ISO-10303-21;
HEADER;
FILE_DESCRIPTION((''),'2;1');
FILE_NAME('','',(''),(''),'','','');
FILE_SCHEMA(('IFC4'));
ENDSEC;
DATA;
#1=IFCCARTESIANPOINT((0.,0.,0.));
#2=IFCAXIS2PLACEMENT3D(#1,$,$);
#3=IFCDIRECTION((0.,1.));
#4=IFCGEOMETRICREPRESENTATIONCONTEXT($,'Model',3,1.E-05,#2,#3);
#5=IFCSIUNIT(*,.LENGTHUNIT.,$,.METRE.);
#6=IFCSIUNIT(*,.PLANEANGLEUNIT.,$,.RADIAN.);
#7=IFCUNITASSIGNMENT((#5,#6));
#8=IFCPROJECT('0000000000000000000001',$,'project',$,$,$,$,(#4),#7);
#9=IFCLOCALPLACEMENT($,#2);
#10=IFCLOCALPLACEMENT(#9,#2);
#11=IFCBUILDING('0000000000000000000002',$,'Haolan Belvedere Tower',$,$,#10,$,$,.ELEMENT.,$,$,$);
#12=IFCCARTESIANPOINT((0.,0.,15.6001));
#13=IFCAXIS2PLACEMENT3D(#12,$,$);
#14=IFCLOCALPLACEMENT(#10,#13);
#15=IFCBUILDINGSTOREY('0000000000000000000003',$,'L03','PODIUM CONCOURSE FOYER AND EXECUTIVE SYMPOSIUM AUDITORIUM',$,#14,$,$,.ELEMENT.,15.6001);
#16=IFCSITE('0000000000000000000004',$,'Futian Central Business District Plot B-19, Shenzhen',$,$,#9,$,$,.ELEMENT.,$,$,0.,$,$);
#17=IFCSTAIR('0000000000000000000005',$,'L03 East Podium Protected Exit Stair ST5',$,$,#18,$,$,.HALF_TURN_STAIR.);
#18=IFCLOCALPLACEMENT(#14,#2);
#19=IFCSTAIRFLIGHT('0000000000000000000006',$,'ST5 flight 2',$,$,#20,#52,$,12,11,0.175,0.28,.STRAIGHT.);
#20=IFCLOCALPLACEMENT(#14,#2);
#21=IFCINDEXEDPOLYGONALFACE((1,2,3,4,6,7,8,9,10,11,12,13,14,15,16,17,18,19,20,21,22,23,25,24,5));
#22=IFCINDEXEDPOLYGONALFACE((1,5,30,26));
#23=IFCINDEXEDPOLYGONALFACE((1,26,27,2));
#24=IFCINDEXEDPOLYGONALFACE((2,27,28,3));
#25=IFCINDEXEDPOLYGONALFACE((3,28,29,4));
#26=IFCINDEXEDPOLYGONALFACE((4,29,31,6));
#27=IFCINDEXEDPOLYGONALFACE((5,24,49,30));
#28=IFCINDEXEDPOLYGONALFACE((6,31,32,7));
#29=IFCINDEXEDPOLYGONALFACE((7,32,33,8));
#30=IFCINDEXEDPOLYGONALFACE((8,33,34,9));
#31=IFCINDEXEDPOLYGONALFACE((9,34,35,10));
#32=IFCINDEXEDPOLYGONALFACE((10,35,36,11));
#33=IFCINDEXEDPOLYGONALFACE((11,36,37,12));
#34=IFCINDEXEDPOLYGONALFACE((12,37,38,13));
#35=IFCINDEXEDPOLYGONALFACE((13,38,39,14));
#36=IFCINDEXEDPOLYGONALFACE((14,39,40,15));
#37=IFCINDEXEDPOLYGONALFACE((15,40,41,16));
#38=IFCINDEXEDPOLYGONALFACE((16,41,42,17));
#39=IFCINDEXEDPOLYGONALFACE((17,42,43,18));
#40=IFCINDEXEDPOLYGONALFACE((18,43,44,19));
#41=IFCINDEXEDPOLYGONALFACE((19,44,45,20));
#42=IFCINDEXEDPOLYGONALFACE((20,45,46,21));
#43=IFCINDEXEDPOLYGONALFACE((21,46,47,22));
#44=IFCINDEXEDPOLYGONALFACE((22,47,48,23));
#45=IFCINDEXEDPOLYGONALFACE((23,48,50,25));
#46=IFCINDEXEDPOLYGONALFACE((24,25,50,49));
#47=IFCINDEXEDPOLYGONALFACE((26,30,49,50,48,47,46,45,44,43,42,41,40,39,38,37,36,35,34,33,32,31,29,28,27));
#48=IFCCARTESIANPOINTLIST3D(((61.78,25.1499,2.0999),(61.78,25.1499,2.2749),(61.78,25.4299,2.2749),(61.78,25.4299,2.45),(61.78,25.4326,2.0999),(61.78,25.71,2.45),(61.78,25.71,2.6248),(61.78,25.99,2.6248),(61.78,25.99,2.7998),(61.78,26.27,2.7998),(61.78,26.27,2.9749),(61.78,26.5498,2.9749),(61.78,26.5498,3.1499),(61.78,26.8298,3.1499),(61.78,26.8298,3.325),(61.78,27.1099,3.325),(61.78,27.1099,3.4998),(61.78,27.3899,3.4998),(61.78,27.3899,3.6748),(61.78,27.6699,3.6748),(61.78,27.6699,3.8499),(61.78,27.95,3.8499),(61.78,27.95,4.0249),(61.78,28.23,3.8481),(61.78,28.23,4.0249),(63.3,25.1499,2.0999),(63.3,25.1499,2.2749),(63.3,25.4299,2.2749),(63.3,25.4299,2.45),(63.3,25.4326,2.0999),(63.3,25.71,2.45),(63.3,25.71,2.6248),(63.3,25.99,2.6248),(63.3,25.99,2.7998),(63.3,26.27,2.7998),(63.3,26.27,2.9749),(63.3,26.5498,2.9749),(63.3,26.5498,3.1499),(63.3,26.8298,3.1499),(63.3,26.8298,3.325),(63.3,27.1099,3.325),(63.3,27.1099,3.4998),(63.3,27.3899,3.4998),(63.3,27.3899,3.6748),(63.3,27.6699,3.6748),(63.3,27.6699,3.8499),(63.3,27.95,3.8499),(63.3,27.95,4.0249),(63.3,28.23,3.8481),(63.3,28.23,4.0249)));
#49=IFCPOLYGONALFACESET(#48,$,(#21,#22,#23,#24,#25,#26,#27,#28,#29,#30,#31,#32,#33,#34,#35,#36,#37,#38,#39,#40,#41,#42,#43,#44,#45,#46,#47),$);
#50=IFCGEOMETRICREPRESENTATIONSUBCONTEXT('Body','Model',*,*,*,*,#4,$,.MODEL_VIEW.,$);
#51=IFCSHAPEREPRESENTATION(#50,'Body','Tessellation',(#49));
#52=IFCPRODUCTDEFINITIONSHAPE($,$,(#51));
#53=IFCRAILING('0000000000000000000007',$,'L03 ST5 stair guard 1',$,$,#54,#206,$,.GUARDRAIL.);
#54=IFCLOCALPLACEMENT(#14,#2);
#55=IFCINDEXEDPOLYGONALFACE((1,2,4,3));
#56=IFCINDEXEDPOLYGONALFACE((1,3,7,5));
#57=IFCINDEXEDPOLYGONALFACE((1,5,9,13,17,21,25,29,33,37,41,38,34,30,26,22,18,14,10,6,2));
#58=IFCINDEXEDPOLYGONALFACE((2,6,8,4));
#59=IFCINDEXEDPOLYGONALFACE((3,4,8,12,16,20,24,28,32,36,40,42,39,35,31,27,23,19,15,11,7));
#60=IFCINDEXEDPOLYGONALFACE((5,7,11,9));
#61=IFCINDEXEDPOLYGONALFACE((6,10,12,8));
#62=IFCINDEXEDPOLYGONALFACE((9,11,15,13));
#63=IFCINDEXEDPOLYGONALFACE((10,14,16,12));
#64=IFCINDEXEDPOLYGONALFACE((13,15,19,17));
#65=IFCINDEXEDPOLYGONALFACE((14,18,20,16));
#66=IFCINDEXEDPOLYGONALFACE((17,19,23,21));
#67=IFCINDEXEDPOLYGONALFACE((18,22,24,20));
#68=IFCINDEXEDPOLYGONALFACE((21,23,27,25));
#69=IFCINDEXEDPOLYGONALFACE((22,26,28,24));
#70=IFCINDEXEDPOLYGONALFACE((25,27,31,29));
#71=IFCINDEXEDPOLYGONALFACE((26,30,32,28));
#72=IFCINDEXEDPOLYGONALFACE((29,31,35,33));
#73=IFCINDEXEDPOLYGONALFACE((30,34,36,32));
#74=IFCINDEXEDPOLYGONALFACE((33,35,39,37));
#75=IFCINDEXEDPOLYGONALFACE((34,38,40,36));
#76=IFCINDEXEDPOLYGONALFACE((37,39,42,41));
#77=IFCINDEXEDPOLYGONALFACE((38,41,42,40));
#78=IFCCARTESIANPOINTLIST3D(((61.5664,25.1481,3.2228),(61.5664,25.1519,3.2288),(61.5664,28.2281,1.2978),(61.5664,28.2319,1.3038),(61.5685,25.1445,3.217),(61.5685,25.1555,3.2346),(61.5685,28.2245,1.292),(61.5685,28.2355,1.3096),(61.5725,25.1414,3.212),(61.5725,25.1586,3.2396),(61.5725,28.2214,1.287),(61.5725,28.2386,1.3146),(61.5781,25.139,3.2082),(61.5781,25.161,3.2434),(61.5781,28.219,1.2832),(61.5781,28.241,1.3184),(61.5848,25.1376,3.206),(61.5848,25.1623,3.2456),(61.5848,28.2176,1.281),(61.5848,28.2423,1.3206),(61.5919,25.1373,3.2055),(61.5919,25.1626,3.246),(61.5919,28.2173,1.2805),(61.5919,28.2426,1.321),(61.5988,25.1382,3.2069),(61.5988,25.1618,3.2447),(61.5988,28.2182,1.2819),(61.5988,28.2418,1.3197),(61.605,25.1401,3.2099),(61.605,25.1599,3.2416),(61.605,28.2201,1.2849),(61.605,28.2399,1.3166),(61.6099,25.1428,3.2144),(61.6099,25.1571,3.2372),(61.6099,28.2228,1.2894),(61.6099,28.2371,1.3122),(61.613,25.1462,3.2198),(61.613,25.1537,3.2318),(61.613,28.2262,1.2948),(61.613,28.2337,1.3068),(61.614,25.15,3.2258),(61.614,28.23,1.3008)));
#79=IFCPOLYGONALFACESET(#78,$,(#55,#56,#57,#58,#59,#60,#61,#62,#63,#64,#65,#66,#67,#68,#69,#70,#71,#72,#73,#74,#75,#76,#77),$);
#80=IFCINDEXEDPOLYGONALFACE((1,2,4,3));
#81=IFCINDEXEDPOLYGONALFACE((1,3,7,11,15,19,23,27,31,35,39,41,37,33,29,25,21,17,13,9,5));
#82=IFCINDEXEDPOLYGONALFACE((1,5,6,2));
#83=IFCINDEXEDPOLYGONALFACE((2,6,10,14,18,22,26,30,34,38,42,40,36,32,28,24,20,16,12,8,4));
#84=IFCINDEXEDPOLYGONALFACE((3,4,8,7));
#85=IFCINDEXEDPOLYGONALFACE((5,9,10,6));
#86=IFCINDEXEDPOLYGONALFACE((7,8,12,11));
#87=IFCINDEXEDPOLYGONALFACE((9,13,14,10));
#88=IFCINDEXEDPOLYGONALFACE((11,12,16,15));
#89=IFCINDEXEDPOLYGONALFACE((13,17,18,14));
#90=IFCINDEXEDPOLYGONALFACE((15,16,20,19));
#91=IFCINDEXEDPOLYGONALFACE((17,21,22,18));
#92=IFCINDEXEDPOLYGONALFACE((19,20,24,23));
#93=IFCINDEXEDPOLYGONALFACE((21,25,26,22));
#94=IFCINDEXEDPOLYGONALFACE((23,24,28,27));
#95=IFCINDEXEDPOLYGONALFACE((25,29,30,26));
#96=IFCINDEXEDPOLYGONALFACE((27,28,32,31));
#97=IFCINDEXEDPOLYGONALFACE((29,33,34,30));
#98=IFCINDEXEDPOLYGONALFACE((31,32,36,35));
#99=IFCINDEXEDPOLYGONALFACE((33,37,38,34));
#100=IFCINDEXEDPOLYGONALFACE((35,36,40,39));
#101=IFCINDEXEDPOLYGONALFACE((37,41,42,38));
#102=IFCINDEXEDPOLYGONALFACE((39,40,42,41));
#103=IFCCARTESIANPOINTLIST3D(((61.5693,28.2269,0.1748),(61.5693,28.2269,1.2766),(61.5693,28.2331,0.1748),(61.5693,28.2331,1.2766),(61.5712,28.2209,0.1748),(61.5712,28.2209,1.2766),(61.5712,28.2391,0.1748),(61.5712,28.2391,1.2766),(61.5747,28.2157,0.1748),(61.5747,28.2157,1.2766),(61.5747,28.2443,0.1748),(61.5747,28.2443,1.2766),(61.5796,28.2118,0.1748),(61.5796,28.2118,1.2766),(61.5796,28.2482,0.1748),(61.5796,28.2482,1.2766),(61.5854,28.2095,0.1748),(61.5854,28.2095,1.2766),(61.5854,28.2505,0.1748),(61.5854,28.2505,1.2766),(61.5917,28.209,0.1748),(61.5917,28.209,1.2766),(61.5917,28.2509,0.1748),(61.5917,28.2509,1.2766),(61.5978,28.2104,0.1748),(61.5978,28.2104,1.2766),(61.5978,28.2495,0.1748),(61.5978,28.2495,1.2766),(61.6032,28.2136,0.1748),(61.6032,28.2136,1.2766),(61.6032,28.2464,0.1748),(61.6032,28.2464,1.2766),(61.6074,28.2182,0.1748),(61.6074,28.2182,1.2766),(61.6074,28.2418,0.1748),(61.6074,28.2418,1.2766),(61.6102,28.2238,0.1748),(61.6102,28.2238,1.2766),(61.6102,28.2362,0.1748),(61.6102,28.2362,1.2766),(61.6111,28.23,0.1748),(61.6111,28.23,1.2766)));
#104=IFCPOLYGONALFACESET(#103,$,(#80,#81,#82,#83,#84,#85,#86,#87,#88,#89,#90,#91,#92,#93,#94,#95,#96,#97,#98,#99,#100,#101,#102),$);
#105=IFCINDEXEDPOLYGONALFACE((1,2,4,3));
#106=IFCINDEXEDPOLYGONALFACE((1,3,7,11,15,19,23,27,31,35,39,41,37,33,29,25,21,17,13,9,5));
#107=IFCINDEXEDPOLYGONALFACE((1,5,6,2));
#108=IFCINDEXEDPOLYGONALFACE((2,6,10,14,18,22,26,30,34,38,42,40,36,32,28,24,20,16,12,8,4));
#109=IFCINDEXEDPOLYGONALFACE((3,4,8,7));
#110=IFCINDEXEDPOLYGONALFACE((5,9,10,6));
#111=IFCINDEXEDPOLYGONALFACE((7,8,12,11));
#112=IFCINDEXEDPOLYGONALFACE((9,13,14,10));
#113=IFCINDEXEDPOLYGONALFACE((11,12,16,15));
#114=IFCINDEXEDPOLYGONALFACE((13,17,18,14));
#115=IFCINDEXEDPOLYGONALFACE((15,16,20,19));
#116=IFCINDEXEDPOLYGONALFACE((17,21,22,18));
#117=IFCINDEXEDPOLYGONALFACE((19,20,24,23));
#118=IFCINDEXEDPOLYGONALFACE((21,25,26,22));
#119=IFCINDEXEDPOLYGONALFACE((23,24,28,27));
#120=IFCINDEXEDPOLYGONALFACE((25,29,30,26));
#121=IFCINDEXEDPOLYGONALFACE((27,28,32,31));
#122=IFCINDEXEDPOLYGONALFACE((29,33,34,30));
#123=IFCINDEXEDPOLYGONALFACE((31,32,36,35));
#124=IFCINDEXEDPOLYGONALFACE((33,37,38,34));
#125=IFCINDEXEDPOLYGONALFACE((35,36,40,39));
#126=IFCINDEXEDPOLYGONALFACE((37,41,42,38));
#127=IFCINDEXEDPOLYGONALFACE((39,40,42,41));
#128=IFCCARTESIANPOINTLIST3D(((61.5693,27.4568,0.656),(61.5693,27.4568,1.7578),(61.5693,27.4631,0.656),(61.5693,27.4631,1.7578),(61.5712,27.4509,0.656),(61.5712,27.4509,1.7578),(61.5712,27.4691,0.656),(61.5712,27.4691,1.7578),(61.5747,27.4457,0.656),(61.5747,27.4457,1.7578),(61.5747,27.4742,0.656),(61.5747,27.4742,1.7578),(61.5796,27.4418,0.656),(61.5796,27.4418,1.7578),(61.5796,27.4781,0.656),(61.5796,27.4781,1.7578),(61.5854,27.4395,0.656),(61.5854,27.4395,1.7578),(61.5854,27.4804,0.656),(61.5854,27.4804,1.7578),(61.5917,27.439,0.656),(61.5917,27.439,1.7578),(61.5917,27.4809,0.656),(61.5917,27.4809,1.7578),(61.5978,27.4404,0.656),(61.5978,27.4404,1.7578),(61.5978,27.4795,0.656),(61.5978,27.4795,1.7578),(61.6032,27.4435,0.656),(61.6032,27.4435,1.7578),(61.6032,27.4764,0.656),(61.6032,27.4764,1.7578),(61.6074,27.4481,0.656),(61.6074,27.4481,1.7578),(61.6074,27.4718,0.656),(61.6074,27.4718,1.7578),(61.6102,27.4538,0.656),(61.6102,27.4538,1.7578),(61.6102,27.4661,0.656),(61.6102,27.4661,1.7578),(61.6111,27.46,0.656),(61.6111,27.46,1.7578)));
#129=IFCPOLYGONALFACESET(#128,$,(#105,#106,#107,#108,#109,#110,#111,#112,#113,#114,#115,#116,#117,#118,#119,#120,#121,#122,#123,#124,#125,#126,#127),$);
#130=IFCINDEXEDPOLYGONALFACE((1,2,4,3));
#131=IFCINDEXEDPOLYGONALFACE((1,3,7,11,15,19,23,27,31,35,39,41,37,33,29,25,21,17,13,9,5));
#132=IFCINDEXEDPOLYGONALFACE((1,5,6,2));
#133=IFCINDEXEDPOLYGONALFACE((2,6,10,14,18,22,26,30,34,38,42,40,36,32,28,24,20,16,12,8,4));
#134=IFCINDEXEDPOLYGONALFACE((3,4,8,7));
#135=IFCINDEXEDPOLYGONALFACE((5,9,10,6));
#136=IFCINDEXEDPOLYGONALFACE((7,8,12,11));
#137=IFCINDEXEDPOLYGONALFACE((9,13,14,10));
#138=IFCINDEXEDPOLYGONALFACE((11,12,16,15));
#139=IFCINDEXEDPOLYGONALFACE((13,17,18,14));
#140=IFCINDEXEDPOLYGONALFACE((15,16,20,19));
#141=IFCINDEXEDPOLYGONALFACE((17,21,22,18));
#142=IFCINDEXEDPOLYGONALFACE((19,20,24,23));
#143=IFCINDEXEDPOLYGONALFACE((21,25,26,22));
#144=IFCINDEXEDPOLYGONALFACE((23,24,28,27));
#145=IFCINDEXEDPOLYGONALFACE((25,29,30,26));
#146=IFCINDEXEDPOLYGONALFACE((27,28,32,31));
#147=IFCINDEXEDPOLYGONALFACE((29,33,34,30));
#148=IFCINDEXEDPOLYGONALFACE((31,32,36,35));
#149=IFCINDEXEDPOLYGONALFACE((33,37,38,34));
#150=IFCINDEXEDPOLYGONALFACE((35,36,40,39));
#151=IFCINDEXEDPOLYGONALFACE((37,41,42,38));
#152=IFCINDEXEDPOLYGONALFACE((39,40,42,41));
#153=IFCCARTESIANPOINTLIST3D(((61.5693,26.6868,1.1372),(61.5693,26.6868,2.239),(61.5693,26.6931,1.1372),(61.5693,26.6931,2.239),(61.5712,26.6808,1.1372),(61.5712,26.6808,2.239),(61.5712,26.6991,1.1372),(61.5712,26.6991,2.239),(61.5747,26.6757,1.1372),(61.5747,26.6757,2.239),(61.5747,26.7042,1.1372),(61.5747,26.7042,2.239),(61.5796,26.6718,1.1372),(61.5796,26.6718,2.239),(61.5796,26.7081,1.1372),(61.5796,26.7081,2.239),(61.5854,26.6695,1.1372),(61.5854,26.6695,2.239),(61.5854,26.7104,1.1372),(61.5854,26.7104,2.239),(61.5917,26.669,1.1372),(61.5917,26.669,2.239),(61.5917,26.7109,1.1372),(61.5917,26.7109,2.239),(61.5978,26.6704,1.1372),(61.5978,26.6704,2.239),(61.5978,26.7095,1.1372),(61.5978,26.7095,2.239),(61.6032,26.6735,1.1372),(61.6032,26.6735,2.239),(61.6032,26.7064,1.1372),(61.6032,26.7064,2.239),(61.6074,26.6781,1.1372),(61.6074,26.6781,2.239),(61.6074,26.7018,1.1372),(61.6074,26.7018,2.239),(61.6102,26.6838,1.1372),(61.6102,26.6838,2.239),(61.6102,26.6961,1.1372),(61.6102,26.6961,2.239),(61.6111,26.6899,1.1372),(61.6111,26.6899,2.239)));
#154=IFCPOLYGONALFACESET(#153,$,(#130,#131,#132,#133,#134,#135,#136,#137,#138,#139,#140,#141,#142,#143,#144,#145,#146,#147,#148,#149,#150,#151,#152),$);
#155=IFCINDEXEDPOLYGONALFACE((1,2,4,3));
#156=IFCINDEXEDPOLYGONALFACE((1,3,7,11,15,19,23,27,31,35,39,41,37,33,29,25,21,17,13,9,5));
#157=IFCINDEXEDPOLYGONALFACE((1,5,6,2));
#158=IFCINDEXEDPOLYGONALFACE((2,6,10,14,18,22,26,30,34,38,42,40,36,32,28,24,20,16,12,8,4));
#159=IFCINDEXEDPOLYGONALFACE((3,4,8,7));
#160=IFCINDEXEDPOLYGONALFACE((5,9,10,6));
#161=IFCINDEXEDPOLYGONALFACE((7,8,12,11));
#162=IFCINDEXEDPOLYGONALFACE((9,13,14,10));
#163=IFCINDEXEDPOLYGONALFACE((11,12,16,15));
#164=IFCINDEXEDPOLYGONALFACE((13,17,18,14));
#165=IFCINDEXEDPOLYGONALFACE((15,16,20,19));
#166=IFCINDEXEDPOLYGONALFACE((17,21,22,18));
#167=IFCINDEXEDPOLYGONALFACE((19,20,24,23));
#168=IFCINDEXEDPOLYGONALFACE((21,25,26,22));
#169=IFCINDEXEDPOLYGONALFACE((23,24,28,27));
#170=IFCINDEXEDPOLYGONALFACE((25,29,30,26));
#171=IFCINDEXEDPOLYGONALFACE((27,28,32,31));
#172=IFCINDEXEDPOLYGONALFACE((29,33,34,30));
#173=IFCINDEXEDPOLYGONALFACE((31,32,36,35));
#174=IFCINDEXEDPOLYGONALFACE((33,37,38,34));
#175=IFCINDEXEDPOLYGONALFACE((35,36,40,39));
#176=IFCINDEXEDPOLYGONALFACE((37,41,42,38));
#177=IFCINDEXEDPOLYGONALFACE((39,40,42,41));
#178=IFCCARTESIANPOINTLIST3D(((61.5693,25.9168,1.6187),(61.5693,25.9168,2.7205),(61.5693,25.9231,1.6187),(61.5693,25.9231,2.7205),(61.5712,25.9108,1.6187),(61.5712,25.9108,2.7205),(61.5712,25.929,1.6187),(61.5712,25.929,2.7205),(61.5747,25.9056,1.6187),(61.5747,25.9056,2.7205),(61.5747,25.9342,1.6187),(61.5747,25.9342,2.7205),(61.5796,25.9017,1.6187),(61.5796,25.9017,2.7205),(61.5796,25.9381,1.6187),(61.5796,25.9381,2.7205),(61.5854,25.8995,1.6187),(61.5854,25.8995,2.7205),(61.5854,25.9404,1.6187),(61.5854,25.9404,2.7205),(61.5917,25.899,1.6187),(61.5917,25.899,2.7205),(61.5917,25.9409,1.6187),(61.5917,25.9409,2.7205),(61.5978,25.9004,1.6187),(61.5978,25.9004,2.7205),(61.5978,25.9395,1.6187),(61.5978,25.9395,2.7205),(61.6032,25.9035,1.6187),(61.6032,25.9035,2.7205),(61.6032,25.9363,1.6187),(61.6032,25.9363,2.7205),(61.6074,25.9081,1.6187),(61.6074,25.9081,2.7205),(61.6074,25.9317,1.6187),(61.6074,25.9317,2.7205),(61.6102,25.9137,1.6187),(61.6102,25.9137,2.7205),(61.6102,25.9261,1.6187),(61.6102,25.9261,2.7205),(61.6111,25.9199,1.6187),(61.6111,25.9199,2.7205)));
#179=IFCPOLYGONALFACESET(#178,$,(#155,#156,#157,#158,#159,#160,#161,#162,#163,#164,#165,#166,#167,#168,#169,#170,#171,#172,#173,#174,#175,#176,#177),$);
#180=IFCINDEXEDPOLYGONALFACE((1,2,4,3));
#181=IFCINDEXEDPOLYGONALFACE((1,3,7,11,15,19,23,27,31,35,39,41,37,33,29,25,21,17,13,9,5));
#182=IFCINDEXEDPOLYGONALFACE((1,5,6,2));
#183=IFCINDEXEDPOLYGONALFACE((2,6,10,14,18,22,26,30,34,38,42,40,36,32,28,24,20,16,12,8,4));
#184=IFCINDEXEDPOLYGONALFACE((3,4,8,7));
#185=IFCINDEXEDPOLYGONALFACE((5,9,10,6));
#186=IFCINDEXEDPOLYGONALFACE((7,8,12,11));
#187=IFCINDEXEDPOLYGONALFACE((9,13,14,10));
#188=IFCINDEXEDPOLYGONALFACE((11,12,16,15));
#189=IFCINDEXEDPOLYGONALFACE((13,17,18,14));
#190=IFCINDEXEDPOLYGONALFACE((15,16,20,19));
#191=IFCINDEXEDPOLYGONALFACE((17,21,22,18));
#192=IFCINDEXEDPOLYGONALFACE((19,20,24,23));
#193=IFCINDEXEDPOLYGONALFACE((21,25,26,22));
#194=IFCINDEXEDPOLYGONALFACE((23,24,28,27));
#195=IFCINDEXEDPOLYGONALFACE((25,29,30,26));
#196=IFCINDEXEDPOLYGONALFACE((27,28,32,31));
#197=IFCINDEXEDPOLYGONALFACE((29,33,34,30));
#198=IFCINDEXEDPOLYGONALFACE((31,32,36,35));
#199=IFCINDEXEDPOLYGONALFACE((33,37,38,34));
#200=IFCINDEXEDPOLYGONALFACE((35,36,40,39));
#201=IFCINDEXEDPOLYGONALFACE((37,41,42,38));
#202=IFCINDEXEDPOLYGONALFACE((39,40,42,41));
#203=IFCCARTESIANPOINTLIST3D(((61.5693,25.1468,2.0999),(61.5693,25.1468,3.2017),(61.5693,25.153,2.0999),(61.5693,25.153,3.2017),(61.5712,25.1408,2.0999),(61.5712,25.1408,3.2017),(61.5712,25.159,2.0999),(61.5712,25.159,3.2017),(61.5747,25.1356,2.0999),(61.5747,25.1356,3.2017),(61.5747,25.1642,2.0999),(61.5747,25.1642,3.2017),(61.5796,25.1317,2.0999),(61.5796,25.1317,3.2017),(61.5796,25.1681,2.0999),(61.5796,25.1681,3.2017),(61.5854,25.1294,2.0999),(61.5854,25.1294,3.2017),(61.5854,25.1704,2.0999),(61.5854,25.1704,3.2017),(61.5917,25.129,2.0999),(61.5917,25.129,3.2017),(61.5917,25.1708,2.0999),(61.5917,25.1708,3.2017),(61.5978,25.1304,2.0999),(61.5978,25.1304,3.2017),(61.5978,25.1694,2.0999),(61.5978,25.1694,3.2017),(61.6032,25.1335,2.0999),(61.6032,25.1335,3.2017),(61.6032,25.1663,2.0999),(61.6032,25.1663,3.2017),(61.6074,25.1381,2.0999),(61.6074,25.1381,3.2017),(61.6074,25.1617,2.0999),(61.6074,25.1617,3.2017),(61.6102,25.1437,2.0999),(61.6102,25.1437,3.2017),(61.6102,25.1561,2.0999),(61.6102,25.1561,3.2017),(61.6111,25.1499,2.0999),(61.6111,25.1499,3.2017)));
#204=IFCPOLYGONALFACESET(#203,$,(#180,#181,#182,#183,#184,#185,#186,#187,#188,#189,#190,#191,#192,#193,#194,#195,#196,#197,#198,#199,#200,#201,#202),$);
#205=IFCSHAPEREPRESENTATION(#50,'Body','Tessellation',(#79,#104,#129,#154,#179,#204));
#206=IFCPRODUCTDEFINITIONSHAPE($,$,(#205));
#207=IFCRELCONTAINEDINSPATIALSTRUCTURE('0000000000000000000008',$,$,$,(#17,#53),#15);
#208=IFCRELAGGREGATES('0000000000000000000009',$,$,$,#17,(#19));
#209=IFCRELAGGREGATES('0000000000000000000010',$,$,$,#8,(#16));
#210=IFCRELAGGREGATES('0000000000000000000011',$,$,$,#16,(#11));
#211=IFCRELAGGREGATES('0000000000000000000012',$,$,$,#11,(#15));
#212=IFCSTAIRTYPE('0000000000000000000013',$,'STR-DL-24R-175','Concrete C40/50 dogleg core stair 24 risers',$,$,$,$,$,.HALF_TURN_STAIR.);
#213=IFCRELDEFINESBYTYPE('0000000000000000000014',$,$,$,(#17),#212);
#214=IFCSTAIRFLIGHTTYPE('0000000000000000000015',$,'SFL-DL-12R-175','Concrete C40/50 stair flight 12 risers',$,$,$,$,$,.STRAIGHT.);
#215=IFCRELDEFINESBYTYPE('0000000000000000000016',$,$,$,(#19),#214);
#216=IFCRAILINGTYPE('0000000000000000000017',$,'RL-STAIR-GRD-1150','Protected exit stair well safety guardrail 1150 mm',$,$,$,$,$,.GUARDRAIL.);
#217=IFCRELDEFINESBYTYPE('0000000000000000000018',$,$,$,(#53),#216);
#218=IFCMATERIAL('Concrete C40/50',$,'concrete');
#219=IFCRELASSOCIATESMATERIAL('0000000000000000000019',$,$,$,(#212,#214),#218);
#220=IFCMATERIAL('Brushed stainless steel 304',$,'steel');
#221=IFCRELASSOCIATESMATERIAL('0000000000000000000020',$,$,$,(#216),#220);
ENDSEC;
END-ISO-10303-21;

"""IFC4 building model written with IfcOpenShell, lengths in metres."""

from ifc_helpers import new_model, si_unit, direction, frame, origin, origin_2d, place, context, subcontext, project, spatial, polyline, circle, outline, extrude, material, type_object, element, aggregate, save


model = new_model("IFC4")

# Units and contexts
model_context = context("Model", 3, precision=1e-05, world=origin(), true_north=direction((0.0, 1.0)))
body_context = subcontext(model_context, "Body", "Model", "MODEL_VIEW")
ifc_project = project(units=[si_unit("LENGTHUNIT", "METRE"), si_unit("PLANEANGLEUNIT", "RADIAN")], contexts=[model_context])

# Site, building, storey
site_placement = place(None, origin())
site = spatial("IfcSite", under=ifc_project, at=site_placement, Name="Futian Central Business District Plot B-19, Shenzhen", CompositionType="ELEMENT", RefElevation=0.0)
building_placement = place(site_placement, origin())
building = spatial("IfcBuilding", under=site, at=building_placement, Name="Haolan Belvedere Tower", CompositionType="ELEMENT")
storey_placement = place(building_placement, frame((0.0, 0.0, 15.6001)))
storey = spatial("IfcBuildingStorey", under=building, at=storey_placement, Name="L03", Description="PODIUM CONCOURSE FOYER AND EXECUTIVE SYMPOSIUM AUDITORIUM", CompositionType="ELEMENT", Elevation=15.6001)

# Stair, stair flight
ifc_material_1 = material(Name="Concrete C40/50", Category="concrete")
stair_type = type_object("IfcStairType", Name="STR-DL-24R-175", Description="Concrete C40/50 dogleg core stair 24 risers", PredefinedType="HALF_TURN_STAIR", material=ifc_material_1)
stair_placement = place(storey_placement, origin())
stair = element("IfcStair", 1, at=stair_placement, inside=storey, type_object=stair_type, Name="L03 East Podium Protected Exit Stair ST5", PredefinedType="HALF_TURN_STAIR")
stair_flight_type = type_object("IfcStairFlightType", Name="SFL-DL-12R-175", Description="Concrete C40/50 stair flight 12 risers", PredefinedType="STRAIGHT", material=ifc_material_1)
stair_flight_1_placement = place(storey_placement, frame((62.54, 25.1499, 2.0999), z_axis=(0.0, 0.0, 1.0), x_axis=(0.0, 1.0, 0.0)))
stair_flight_1 = element("IfcStairFlight", 2, at=stair_flight_1_placement, type_object=stair_flight_type, Name="ST5 flight 2", NumberOfRisers=12, NumberOfTreads=11, PredefinedType="STRAIGHT", RiserHeight=0.175, TreadLength=0.28, context=body_context, shape_type="SweptSolid", body=[
    extrude(outline(polyline([(0.0, 0.0), (0.0, 0.175), (0.28, 0.175), (0.28, 0.3501), (0.5601, 0.3501), (0.5601, 0.5249), (0.8401, 0.5249), (0.8401, 0.7), (1.1201, 0.7), (1.1201, 0.875), (1.3999, 0.875), (1.3999, 1.05), (1.6799, 1.05), (1.6799, 1.2251), (1.96, 1.2251), (1.96, 1.3999), (2.24, 1.3999), (2.24, 1.575), (2.52, 1.575), (2.52, 1.75), (2.8, 1.75), (2.8, 1.925), (3.0801, 1.925), (3.0801, 2.1001), (3.0801, 1.7483), (0.2827, 0.0), (0.0, 0.0)])), frame((0.0, 0.76, 0.0), z_axis=(0.0, -1.0, 0.0), x_axis=(1.0, 0.0, 0.0)), (0.0, 0.0, 1.0), 1.52),
])
aggregate(stair, [stair_flight_1])

# Railing
ifc_material_2 = material(Name="Brushed stainless steel 304", Category="steel")
railing_type_1 = type_object("IfcRailingType", Name="RL-STAIR-GRD-1150", Description="Protected exit stair well safety guardrail 1150 mm", PredefinedType="GUARDRAIL", material=ifc_material_2)
railing_1_placement = place(storey_placement, frame((61.5901, 28.23, 0.1748)))
element("IfcRailing", 3, at=railing_1_placement, inside=storey, type_object=railing_type_1, Name="L03 ST5 stair guard 1", PredefinedType="GUARDRAIL", context=body_context, shape_type="SweptSolid", body=[
    extrude(circle(Radius=0.0239, at=origin_2d()), frame((0.0, 0.0, 1.126), z_axis=(0.0, -0.847998, 0.529999), x_axis=(1.0, 0.0, 0.0)), (0.0, 0.0, 1.0), 3.6321),
    extrude(circle(Radius=0.021, at=origin_2d()), origin(), (0.0, 0.0, 1.0), 1.1018),
    extrude(circle(Radius=0.021, at=origin_2d()), frame((0.0, -0.77, 0.4812)), (0.0, 0.0, 1.0), 1.1018),
    extrude(circle(Radius=0.021, at=origin_2d()), frame((0.0, -1.54, 0.9624)), (0.0, 0.0, 1.0), 1.1018),
    extrude(circle(Radius=0.021, at=origin_2d()), frame((0.0, -2.3101, 1.4438)), (0.0, 0.0, 1.0), 1.1018),
    extrude(circle(Radius=0.021, at=origin_2d()), frame((0.0, -3.0801, 1.925)), (0.0, 0.0, 1.0), 1.1018),
])

save(model, "model.ifc")
